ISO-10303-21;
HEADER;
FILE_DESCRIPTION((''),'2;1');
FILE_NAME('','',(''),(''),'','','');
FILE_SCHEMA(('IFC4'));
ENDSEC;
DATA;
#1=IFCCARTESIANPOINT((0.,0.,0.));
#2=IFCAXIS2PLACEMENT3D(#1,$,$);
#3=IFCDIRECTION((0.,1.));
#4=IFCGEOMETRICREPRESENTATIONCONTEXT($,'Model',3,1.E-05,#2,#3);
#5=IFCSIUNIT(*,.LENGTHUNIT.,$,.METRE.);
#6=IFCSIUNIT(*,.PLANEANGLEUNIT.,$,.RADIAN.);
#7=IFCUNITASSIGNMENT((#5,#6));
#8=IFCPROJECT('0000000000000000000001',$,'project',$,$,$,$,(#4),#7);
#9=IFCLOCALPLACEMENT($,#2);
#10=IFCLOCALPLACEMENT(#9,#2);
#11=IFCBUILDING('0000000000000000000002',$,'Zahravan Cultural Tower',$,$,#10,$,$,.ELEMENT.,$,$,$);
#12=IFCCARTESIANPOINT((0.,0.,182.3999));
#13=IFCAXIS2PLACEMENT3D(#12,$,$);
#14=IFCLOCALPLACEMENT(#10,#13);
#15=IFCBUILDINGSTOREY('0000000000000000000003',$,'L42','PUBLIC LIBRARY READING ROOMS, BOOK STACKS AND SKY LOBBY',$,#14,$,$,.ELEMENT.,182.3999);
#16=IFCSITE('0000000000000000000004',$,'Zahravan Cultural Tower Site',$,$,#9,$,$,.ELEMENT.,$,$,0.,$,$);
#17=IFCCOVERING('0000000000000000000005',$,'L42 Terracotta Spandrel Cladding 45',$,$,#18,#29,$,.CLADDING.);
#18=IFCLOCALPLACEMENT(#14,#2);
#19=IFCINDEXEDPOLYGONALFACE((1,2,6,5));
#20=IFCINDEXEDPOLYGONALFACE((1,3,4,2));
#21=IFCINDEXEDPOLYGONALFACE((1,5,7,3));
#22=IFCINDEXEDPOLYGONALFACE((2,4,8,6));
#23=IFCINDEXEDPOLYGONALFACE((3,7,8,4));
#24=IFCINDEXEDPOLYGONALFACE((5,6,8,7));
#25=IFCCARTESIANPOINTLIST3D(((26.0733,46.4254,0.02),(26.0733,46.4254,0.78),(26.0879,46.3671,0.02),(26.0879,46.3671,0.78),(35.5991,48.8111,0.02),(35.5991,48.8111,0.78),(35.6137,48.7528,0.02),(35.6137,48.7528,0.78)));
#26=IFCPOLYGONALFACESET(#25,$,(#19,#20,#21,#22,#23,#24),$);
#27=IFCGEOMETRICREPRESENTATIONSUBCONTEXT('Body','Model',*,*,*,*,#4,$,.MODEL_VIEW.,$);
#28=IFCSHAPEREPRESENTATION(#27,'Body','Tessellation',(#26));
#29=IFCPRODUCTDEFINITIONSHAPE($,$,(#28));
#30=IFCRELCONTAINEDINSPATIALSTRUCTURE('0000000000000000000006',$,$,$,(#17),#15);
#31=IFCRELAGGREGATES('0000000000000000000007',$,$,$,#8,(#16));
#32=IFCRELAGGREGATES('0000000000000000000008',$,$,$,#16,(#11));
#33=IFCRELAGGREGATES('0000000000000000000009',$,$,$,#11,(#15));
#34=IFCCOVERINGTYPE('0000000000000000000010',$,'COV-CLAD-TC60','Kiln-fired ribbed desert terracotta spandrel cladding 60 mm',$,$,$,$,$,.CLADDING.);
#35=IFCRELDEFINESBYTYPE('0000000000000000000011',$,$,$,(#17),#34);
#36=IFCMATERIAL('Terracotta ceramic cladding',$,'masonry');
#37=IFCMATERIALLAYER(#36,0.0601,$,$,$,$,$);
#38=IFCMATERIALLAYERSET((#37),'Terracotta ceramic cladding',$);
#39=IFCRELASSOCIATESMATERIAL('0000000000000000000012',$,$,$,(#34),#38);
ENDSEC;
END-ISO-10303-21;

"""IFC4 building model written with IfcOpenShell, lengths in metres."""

from ifc_helpers import new_model, si_unit, direction, frame, origin, origin_2d, place, context, subcontext, project, spatial, rectangle, extrude, source, transform, mapped, material, layer, layer_set, type_object, element, save


model = new_model("IFC4")

# Units and contexts
model_context = context("Model", 3, precision=1e-05, world=origin(), true_north=direction((0.0, 1.0)))
body_context = subcontext(model_context, "Body", "Model", "MODEL_VIEW")
ifc_project = project(units=[si_unit("LENGTHUNIT", "METRE"), si_unit("PLANEANGLEUNIT", "RADIAN")], contexts=[model_context])

# Site, building, storey
site_placement = place(None, origin())
site = spatial("IfcSite", under=ifc_project, at=site_placement, Name="Zahravan Cultural Tower Site", CompositionType="ELEMENT", RefElevation=0.0)
building_placement = place(site_placement, origin())
building = spatial("IfcBuilding", under=site, at=building_placement, Name="Zahravan Cultural Tower", CompositionType="ELEMENT")
storey_placement = place(building_placement, frame((0.0, 0.0, 182.3999)))
storey = spatial("IfcBuildingStorey", under=building, at=storey_placement, Name="L42", Description="PUBLIC LIBRARY READING ROOMS, BOOK STACKS AND SKY LOBBY", CompositionType="ELEMENT", Elevation=182.3999)

# Covering
ifc_material_1 = material(Name="Terracotta ceramic cladding", Category="masonry")
ifc_layer_1 = layer(ifc_material_1, 0.0601)
ifc_layer_set_1 = layer_set([ifc_layer_1], Name="Terracotta ceramic cladding")
covering_type = type_object("IfcCoveringType", Name="COV-CLAD-TC60", Description="Kiln-fired ribbed desert terracotta spandrel cladding 60 mm", PredefinedType="CLADDING", material=ifc_layer_set_1)
shared_shape_1 = source(origin(), body_context, "Body", "SweptSolid", [
    extrude(rectangle(XDim=9.8201, YDim=0.0601, at=origin_2d()), origin(), (0.0, 0.0, 1.0), 0.76),
])
covering_placement = place(storey_placement, frame((30.8435, 47.5891, 0.02), z_axis=(0.0, 0.0, 1.0), x_axis=(0.970042, 0.242938, 0.0)))
element("IfcCovering", 1, at=covering_placement, inside=storey, type_object=covering_type, Name="L42 Terracotta Spandrel Cladding 45", PredefinedType="CLADDING", context=body_context, shape_type="MappedRepresentation", body=[
    mapped(shared_shape_1, transform((0.0, 0.0, 0.0), x_axis=(1.0, 0.0, 0.0), y_axis=(0.0, 1.0, 0.0), z_axis=(0.0, 0.0, 1.0), scale=1.0)),
])

save(model, "model.ifc")
